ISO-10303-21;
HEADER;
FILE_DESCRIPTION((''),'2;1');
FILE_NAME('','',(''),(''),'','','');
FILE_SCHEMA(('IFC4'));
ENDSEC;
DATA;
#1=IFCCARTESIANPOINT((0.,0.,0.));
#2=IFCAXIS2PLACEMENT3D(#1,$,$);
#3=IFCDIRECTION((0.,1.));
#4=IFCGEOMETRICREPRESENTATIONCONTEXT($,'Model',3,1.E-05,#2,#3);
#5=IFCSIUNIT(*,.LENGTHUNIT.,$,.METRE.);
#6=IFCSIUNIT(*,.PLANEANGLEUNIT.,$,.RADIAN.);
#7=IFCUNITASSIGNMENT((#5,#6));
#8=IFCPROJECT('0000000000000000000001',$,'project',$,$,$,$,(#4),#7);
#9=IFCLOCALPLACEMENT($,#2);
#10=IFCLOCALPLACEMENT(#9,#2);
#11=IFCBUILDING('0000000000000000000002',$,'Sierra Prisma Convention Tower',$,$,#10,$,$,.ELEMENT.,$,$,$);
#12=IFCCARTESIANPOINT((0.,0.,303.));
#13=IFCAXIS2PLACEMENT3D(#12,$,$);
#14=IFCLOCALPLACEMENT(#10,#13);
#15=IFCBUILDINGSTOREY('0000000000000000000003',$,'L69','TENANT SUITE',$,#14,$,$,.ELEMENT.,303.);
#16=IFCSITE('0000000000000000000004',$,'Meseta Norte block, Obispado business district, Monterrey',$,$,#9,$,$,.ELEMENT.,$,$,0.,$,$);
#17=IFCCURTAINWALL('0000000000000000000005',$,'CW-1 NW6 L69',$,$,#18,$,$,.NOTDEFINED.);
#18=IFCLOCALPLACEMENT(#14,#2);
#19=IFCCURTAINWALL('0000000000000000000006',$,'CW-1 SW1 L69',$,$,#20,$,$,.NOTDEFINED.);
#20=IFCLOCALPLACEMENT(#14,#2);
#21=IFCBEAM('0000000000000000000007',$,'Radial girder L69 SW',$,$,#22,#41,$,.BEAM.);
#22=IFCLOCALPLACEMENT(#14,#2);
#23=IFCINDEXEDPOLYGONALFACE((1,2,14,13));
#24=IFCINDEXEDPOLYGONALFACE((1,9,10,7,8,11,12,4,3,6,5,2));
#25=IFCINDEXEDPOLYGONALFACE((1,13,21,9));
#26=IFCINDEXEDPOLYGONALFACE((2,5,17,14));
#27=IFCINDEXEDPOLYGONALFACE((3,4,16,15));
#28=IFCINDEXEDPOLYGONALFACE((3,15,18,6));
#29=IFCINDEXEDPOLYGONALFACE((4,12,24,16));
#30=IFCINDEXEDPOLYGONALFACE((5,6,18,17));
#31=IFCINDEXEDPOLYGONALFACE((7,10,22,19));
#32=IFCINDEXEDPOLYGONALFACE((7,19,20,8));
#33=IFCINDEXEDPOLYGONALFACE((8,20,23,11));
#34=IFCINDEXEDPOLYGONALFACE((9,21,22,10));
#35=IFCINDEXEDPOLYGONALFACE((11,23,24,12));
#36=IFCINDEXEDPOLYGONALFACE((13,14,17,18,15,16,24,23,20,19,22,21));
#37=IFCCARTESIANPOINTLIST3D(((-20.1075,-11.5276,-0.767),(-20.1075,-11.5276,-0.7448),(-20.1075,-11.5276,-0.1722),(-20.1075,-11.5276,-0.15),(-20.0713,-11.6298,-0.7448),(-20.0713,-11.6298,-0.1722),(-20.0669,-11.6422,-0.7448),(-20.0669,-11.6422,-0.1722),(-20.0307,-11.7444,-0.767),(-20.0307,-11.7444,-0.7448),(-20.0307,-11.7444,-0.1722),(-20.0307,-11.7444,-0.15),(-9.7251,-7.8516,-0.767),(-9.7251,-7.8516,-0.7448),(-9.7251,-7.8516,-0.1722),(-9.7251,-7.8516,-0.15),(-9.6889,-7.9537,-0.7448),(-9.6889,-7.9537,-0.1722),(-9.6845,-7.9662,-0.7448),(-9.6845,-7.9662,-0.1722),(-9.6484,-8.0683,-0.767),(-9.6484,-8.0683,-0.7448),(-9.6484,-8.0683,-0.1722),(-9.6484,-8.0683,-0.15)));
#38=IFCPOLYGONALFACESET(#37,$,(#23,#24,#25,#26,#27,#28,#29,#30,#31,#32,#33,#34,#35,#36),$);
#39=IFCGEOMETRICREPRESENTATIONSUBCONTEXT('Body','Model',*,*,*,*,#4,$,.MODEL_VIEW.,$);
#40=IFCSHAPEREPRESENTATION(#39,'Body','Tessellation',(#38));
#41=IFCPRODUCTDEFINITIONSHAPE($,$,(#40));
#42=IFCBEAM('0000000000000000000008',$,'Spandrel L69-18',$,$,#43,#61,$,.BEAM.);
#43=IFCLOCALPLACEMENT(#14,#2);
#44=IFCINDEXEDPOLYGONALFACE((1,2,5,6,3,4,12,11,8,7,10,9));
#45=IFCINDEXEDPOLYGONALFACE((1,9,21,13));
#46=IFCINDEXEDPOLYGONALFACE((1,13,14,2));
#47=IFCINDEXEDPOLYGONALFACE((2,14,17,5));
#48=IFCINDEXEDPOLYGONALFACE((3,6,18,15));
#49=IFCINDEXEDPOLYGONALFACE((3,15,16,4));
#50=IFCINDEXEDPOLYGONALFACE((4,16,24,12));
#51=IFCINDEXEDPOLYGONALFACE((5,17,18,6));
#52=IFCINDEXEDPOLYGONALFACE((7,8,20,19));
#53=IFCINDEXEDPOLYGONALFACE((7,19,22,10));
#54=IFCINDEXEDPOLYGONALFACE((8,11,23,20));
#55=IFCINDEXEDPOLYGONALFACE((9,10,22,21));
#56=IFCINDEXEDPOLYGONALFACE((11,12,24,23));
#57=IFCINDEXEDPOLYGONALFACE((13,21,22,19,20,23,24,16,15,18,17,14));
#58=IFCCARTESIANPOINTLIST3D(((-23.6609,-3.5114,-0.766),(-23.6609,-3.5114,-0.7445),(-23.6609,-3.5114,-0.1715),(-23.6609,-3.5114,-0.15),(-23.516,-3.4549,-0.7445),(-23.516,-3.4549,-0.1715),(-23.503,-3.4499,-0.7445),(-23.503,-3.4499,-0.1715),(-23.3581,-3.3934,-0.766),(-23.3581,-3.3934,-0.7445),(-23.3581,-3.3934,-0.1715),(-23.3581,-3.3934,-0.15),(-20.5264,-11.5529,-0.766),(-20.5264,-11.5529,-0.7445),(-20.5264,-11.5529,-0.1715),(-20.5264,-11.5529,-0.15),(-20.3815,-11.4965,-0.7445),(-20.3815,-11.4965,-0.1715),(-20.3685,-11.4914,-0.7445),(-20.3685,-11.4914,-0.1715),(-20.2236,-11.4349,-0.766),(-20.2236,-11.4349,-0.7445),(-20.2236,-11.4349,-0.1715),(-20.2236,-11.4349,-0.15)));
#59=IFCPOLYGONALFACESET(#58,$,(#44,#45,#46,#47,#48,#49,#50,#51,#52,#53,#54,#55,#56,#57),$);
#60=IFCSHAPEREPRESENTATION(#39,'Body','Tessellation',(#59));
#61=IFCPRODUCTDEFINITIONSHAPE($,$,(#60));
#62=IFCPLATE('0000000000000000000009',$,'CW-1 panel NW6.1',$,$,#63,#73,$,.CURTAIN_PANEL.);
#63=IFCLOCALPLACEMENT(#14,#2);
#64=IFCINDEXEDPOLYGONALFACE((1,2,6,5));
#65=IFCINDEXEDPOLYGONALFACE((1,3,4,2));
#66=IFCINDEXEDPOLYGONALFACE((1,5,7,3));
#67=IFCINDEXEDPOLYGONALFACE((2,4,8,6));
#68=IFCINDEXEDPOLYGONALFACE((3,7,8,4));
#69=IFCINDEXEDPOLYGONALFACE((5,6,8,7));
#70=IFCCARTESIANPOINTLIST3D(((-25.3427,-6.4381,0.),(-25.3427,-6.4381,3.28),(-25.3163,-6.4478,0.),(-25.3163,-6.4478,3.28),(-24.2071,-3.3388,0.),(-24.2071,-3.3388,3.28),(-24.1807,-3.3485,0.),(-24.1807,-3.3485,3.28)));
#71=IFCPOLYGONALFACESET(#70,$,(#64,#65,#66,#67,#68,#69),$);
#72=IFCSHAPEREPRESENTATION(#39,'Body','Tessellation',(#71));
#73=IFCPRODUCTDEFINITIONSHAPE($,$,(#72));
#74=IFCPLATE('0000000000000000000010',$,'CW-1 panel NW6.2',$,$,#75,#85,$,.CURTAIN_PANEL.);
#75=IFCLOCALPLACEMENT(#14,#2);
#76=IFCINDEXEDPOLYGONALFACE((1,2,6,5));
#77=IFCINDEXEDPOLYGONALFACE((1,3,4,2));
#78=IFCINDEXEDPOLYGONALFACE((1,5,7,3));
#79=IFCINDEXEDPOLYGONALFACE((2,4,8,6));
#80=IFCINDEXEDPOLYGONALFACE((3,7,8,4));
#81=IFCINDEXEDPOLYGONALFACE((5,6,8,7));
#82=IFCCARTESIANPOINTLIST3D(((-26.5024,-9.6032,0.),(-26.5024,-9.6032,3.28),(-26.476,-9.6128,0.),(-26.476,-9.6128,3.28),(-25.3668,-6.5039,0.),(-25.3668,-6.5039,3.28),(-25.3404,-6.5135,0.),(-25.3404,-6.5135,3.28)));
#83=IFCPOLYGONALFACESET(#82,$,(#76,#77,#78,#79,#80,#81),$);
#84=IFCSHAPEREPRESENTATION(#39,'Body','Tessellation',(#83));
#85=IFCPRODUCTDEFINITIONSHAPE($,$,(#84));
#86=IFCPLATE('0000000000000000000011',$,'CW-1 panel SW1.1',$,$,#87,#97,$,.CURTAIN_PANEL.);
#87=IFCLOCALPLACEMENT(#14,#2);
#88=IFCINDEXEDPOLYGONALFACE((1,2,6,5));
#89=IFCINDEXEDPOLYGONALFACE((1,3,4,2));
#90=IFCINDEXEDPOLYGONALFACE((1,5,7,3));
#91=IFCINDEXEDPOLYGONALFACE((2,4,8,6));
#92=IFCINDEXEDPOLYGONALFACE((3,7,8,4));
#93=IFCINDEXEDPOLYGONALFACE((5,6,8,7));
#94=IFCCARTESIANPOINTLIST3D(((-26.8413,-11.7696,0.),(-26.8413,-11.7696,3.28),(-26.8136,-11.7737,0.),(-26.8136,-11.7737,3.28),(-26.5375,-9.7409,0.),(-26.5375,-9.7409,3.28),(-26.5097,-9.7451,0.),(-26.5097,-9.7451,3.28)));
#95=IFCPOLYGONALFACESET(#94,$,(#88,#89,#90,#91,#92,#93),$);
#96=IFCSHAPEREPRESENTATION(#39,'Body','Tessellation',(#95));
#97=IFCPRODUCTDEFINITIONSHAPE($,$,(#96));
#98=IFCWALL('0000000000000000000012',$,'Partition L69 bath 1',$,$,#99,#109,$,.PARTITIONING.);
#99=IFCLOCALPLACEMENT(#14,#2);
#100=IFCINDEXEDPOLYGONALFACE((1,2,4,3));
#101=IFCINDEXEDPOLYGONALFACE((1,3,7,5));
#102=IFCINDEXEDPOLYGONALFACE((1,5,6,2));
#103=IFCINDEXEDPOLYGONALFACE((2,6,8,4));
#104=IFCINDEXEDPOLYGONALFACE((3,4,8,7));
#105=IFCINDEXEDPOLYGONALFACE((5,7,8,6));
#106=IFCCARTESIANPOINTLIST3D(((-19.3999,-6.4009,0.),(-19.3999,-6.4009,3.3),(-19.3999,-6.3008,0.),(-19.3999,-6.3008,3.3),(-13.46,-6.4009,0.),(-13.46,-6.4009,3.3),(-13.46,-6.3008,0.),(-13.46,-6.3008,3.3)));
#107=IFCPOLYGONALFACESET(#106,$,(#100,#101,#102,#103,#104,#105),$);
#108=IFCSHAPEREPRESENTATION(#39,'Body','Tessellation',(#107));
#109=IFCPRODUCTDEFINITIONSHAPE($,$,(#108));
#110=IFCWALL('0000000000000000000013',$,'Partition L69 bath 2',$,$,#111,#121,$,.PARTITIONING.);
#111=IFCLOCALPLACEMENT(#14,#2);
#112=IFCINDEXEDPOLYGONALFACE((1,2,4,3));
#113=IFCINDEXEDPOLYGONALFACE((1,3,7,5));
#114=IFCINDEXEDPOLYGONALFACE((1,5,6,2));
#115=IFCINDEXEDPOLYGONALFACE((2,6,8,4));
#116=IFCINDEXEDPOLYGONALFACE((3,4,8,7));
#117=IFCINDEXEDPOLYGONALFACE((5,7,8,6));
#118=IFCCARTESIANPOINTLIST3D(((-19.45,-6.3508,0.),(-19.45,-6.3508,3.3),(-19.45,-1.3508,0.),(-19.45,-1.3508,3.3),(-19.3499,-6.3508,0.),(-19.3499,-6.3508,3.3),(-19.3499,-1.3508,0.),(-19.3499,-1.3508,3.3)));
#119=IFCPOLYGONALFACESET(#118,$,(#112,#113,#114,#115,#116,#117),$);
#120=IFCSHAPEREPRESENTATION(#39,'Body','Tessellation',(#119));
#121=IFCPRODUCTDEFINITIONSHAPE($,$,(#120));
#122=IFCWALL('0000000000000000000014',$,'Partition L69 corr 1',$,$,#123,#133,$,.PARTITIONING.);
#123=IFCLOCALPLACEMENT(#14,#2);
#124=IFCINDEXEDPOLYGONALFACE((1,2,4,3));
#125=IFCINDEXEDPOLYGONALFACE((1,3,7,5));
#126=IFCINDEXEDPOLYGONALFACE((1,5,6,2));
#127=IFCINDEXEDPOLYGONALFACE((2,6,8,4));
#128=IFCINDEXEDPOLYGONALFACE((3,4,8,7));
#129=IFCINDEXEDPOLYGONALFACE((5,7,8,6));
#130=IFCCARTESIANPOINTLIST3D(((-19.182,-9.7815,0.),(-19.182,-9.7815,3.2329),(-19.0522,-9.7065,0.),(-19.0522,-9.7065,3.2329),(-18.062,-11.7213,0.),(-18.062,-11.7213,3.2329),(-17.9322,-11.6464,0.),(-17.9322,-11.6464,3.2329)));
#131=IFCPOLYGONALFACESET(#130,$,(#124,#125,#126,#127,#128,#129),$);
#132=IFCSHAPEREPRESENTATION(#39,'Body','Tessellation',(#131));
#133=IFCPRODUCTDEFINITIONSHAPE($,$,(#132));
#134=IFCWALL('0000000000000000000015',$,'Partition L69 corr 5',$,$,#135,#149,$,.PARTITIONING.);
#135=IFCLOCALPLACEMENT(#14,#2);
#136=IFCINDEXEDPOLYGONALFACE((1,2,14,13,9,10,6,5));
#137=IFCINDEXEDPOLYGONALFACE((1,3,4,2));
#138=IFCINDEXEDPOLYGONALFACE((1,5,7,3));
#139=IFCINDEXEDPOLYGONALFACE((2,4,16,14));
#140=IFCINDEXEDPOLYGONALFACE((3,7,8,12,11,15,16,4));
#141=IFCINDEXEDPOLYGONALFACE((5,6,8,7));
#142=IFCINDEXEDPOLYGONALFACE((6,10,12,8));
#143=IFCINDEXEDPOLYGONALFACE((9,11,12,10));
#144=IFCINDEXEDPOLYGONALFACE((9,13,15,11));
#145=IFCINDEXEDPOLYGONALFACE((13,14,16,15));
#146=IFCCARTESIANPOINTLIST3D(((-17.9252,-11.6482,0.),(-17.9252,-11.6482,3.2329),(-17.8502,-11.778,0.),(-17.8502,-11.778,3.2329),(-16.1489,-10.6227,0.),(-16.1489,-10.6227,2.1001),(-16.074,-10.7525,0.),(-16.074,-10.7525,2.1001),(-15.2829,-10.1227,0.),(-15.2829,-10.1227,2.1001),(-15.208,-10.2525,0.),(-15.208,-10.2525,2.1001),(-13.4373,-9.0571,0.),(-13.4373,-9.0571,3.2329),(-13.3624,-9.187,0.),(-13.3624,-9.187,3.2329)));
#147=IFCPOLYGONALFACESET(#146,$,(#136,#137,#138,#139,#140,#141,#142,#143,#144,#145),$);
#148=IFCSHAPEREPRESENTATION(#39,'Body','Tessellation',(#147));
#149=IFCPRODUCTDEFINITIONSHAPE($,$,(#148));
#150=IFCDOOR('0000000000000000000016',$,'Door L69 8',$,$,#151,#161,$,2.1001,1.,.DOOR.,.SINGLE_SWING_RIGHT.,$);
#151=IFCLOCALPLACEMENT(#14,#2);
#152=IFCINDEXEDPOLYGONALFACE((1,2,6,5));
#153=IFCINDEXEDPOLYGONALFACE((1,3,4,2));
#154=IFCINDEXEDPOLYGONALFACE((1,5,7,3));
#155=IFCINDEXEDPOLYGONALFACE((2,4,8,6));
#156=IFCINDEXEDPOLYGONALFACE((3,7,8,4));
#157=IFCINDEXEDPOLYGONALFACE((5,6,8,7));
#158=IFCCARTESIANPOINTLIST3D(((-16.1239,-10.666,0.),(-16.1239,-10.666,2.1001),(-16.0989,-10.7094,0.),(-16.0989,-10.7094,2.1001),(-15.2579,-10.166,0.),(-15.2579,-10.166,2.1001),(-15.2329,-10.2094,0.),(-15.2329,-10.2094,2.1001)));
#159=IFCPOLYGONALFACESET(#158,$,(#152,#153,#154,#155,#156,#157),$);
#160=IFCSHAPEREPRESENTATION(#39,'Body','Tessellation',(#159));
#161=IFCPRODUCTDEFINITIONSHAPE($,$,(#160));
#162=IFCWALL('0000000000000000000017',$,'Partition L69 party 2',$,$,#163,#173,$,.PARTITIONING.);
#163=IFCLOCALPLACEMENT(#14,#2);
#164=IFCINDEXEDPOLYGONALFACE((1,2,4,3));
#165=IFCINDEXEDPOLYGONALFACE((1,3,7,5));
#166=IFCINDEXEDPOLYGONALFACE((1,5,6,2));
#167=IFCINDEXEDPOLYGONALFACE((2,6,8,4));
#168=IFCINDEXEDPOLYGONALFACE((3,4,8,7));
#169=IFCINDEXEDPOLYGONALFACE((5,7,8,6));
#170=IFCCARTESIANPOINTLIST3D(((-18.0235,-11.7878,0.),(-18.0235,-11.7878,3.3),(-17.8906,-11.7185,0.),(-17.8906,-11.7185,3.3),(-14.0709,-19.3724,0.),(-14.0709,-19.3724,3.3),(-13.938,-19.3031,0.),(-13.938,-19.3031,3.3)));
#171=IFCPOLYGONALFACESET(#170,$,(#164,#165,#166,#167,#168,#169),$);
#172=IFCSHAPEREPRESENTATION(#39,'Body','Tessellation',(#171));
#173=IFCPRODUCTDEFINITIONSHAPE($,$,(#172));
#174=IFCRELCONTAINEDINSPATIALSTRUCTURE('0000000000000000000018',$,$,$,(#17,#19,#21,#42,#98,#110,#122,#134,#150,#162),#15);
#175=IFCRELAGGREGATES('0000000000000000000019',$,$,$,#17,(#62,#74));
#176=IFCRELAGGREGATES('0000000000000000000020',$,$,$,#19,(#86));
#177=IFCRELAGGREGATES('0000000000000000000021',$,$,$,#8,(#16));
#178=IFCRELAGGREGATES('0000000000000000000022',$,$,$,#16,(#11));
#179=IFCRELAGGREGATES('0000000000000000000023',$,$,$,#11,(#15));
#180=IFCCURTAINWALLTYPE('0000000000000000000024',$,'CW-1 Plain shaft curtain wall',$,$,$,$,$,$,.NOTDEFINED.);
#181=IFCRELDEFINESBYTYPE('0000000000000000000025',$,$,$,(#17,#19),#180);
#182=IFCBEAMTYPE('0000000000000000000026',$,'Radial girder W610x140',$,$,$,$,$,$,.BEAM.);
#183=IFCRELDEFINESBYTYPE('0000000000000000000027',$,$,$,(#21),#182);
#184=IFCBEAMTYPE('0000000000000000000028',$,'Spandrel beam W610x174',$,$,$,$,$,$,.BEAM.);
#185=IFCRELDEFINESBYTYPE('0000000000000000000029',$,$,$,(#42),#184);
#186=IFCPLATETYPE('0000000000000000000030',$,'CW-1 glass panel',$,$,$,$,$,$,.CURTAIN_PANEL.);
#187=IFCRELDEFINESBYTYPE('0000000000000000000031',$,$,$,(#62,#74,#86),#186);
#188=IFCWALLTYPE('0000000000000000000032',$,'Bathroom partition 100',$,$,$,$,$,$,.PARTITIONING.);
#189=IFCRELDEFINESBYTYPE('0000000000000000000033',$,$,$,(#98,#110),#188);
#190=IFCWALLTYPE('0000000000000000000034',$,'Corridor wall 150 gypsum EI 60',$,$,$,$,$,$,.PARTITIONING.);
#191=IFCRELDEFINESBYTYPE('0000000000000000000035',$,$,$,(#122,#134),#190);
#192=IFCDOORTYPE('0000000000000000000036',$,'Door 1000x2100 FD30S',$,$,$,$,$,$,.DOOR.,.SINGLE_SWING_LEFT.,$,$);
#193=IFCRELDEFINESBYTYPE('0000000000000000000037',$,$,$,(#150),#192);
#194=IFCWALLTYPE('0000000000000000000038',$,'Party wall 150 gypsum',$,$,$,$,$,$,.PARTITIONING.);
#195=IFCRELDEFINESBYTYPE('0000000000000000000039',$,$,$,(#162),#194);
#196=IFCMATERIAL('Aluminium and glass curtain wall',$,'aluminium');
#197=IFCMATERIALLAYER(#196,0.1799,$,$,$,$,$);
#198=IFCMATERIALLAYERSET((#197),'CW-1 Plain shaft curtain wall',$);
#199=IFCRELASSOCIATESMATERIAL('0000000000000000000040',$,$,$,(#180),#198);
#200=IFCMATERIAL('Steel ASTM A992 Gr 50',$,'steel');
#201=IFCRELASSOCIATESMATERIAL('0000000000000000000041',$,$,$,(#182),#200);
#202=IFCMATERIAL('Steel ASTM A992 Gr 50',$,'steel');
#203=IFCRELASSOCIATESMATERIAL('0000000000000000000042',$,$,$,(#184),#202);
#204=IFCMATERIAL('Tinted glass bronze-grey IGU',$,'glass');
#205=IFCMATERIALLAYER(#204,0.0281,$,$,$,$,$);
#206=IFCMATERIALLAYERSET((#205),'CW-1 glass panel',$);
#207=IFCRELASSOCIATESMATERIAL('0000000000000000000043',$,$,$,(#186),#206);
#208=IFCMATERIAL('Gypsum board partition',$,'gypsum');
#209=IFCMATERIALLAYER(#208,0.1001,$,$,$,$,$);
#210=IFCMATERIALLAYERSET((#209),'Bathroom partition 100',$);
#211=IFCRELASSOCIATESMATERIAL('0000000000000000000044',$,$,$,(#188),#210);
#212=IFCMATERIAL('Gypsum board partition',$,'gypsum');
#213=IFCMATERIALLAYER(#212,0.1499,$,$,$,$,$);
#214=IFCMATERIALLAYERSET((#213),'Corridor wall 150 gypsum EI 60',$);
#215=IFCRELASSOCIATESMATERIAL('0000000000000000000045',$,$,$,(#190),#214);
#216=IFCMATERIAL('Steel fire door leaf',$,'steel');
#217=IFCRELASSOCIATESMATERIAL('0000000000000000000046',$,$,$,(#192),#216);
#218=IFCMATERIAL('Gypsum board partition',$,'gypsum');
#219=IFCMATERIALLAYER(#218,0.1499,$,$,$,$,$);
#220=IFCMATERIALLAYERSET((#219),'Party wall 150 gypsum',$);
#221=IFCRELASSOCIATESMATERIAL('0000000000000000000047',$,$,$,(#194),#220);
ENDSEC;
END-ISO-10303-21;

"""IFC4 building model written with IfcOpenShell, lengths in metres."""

from ifc_helpers import new_model, si_unit, direction, frame, frame_2d, origin, origin_2d, place, context, subcontext, project, spatial, rectangle, i_section, extrude, material, layer, layer_set, material_profile, profile_set, type_object, element, fill, aggregate, save


model = new_model("IFC4")

# Units and contexts
model_context = context("Model", 3, precision=1e-05, world=origin(), true_north=direction((0.0, 1.0)))
body_context = subcontext(model_context, "Body", "Model", "MODEL_VIEW")
ifc_project = project(units=[si_unit("LENGTHUNIT", "METRE"), si_unit("PLANEANGLEUNIT", "RADIAN")], contexts=[model_context])

# Site, building, storey
site_placement = place(None, origin())
site = spatial("IfcSite", under=ifc_project, at=site_placement, Name="Meseta Norte block, Obispado business district, Monterrey", CompositionType="ELEMENT", RefElevation=0.0)
building_placement = place(site_placement, origin())
building = spatial("IfcBuilding", under=site, at=building_placement, Name="Sierra Prisma Convention Tower", CompositionType="ELEMENT")
storey_placement = place(building_placement, frame((0.0, 0.0, 303.0)))
storey = spatial("IfcBuildingStorey", under=building, at=storey_placement, Name="L69", Description="TENANT SUITE", CompositionType="ELEMENT", Elevation=303.0)

# Curtain walls
ifc_material_1 = material(Name="Aluminium and glass curtain wall", Category="aluminium")
ifc_layer_1 = layer(ifc_material_1, 0.1799)
ifc_layer_set_1 = layer_set([ifc_layer_1], Name="CW-1 Plain shaft curtain wall")
curtain_wall_type = type_object("IfcCurtainWallType", Name="CW-1 Plain shaft curtain wall", PredefinedType="NOTDEFINED", material=ifc_layer_set_1)
curtain_wall_1_placement = place(storey_placement, origin())
curtain_wall_1 = element("IfcCurtainWall", 1, at=curtain_wall_1_placement, inside=storey, type_object=curtain_wall_type, Name="CW-1 NW6 L69", PredefinedType="NOTDEFINED")
curtain_wall_2_placement = place(storey_placement, origin())
curtain_wall_2 = element("IfcCurtainWall", 2, at=curtain_wall_2_placement, inside=storey, type_object=curtain_wall_type, Name="CW-1 SW1 L69", PredefinedType="NOTDEFINED")

# Beams
ifc_material_2 = material(Name="Steel ASTM A992 Gr 50", Category="steel")
ifc_material_profile_1 = material_profile(ifc_material_2, i_section(OverallWidth=0.23, OverallDepth=0.6169, WebThickness=0.0132, FlangeThickness=0.0222, at=origin_2d()), Name="W610x140")
ifc_profile_set_1 = profile_set([ifc_material_profile_1], Name="Steel ASTM A992 Gr 50")
beam_type_1 = type_object("IfcBeamType", Name="Radial girder W610x140", PredefinedType="BEAM", material=ifc_profile_set_1)
beam_1_placement = place(storey_placement, frame((-20.0691, -11.636, -0.4585), z_axis=(0.942657, 0.333763, 0.0), x_axis=(-0.333763, 0.942657, 0.0)))
element("IfcBeam", 3, at=beam_1_placement, inside=storey, type_object=beam_type_1, Name="Radial girder L69 SW", PredefinedType="BEAM", context=body_context, shape_type="SweptSolid", body=[
    extrude(i_section(OverallWidth=0.23, OverallDepth=0.6169, WebThickness=0.0132, FlangeThickness=0.0222, at=origin_2d()), origin(), (0.0, 0.0, 1.0), 11.0139),
])
ifc_material_3 = material(Name="Steel ASTM A992 Gr 50", Category="steel")
ifc_material_profile_2 = material_profile(ifc_material_3, i_section(OverallWidth=0.325, OverallDepth=0.616, WebThickness=0.0139, FlangeThickness=0.0215, at=origin_2d()), Name="W610x174")
ifc_profile_set_2 = profile_set([ifc_material_profile_2], Name="Steel ASTM A992 Gr 50")
beam_type_2 = type_object("IfcBeamType", Name="Spandrel beam W610x174", PredefinedType="BEAM", material=ifc_profile_set_2)
beam_2_placement = place(storey_placement, frame((-23.5095, -3.4524, -0.458), z_axis=(0.363178, -0.93172, 0.0), x_axis=(0.93172, 0.363178, 0.0)))
element("IfcBeam", 4, at=beam_2_placement, inside=storey, type_object=beam_type_2, Name="Spandrel L69-18", PredefinedType="BEAM", context=body_context, shape_type="SweptSolid", body=[
    extrude(i_section(OverallWidth=0.325, OverallDepth=0.616, WebThickness=0.0139, FlangeThickness=0.0215, at=origin_2d()), origin(), (0.0, 0.0, 1.0), 8.6309),
])

# Plates
ifc_material_4 = material(Name="Tinted glass bronze-grey IGU", Category="glass")
ifc_layer_2 = layer(ifc_material_4, 0.0281)
ifc_layer_set_2 = layer_set([ifc_layer_2], Name="CW-1 glass panel")
plate_type = type_object("IfcPlateType", Name="CW-1 glass panel", PredefinedType="CURTAIN_PANEL", material=ifc_layer_set_2)
plate_1_placement = place(storey_placement, frame((-24.7617, -4.8933, 0.0), z_axis=(0.0, 0.0, 1.0), x_axis=(-0.344038, -0.938956, 0.0)))
plate_1 = element("IfcPlate", 5, at=plate_1_placement, type_object=plate_type, Name="CW-1 panel NW6.1", PredefinedType="CURTAIN_PANEL", context=body_context, shape_type="SweptSolid", body=[
    extrude(rectangle(XDim=3.3008, YDim=0.0281, at=origin_2d()), origin(), (0.0, 0.0, 1.0), 3.28),
])
plate_2_placement = place(storey_placement, frame((-25.9214, -8.0583, 0.0), z_axis=(0.0, 0.0, 1.0), x_axis=(-0.344038, -0.938956, 0.0)))
plate_2 = element("IfcPlate", 6, at=plate_2_placement, type_object=plate_type, Name="CW-1 panel NW6.2", PredefinedType="CURTAIN_PANEL", context=body_context, shape_type="SweptSolid", body=[
    extrude(rectangle(XDim=3.3008, YDim=0.0281, at=origin_2d()), origin(), (0.0, 0.0, 1.0), 3.28),
])
aggregate(curtain_wall_1, [plate_1, plate_2])
plate_3_placement = place(storey_placement, frame((-26.6755, -10.7573, 0.0), z_axis=(0.0, 0.0, 1.0), x_axis=(-0.148123, -0.988969, 0.0)))
plate_3 = element("IfcPlate", 7, at=plate_3_placement, type_object=plate_type, Name="CW-1 panel SW1.1", PredefinedType="CURTAIN_PANEL", context=body_context, shape_type="SweptSolid", body=[
    extrude(rectangle(XDim=2.0513, YDim=0.0281, at=origin_2d()), origin(), (0.0, 0.0, 1.0), 3.28),
])
aggregate(curtain_wall_2, [plate_3])

# Walls
ifc_material_5 = material(Name="Gypsum board partition", Category="gypsum")
ifc_layer_3 = layer(ifc_material_5, 0.1001)
ifc_layer_set_3 = layer_set([ifc_layer_3], Name="Bathroom partition 100")
wall_type_1 = type_object("IfcWallType", Name="Bathroom partition 100", PredefinedType="PARTITIONING", material=ifc_layer_set_3)
wall_1_placement = place(storey_placement, frame((-13.46, -6.3508, 0.0), z_axis=(0.0, 0.0, 1.0), x_axis=(-1.0, 0.0, 0.0)))
element("IfcWall", 8, at=wall_1_placement, inside=storey, type_object=wall_type_1, Name="Partition L69 bath 1", PredefinedType="PARTITIONING", context=body_context, shape_type="SweptSolid", body=[
    extrude(rectangle(XDim=5.9399, YDim=0.1001, at=frame_2d((2.97, 0.0))), origin(), (0.0, 0.0, 1.0), 3.3),
])
wall_2_placement = place(storey_placement, frame((-19.3999, -6.3508, 0.0), z_axis=(0.0, 0.0, 1.0), x_axis=(0.0, 1.0, 0.0)))
element("IfcWall", 9, at=wall_2_placement, inside=storey, type_object=wall_type_1, Name="Partition L69 bath 2", PredefinedType="PARTITIONING", context=body_context, shape_type="SweptSolid", body=[
    extrude(rectangle(XDim=5.0, YDim=0.1001, at=frame_2d((2.5, 0.0))), origin(), (0.0, 0.0, 1.0), 3.3),
])
ifc_material_6 = material(Name="Gypsum board partition", Category="gypsum")
ifc_layer_4 = layer(ifc_material_6, 0.1499)
ifc_layer_set_4 = layer_set([ifc_layer_4], Name="Corridor wall 150 gypsum EI 60")
wall_type_2 = type_object("IfcWallType", Name="Corridor wall 150 gypsum EI 60", PredefinedType="PARTITIONING", material=ifc_layer_set_4)
wall_3_placement = place(storey_placement, frame((-19.1172, -9.7439, 0.0), z_axis=(0.0, 0.0, 1.0), x_axis=(0.500031, -0.866008, 0.0)))
element("IfcWall", 10, at=wall_3_placement, inside=storey, type_object=wall_type_2, Name="Partition L69 corr 1", PredefinedType="PARTITIONING", context=body_context, shape_type="SweptSolid", body=[
    extrude(rectangle(XDim=2.24, YDim=0.1499, at=frame_2d((1.1201, 0.0))), origin(), (0.0, 0.0, 1.0), 3.2329),
])

# Wall, opening, door
wall_4_placement = place(storey_placement, frame((-17.8877, -11.7131, 0.0), z_axis=(0.0, 0.0, 1.0), x_axis=(0.866022, 0.500005, 0.0)))
wall_4 = element("IfcWall", 11, at=wall_4_placement, inside=storey, type_object=wall_type_2, Name="Partition L69 corr 5", PredefinedType="PARTITIONING", context=body_context, shape_type="SweptSolid", body=[
    extrude(rectangle(XDim=5.1821, YDim=0.1499, at=frame_2d((2.5911, 0.0))), origin(), (0.0, 0.0, 1.0), 3.2329),
])
opening_placement = place(wall_4_placement, frame((2.051, 0.0, 0.0)))
opening = element("IfcOpeningElement", 12, at=opening_placement, cuts=wall_4, PredefinedType="OPENING", context=body_context, shape_type="SweptSolid", body=[
    extrude(rectangle(XDim=1.0, YDim=2.1001, at=frame_2d((0.5, 1.05))), frame((0.0, 0.075, 0.0), z_axis=(0.0, -1.0, 0.0), x_axis=(1.0, 0.0, 0.0)), (0.0, 0.0, 1.0), 0.1499),
])
ifc_material_7 = material(Name="Steel fire door leaf", Category="steel")
door_type = type_object("IfcDoorType", Name="Door 1000x2100 FD30S", OperationType="SINGLE_SWING_LEFT", PredefinedType="DOOR", material=ifc_material_7)
door_placement = place(opening_placement, origin())
door = element("IfcDoor", 13, at=door_placement, inside=storey, type_object=door_type, Name="Door L69 8", OperationType="SINGLE_SWING_RIGHT", OverallHeight=2.1001, OverallWidth=1.0, PredefinedType="DOOR", context=body_context, shape_type="SweptSolid", body=[
    extrude(rectangle(XDim=1.0, YDim=2.1001, at=frame_2d((0.5, 1.05))), frame((0.0, 0.0249, 0.0), z_axis=(0.0, -1.0, 0.0), x_axis=(1.0, 0.0, 0.0)), (0.0, 0.0, 1.0), 0.05),
])
fill(opening, door)

# Wall
ifc_material_8 = material(Name="Gypsum board partition", Category="gypsum")
ifc_layer_5 = layer(ifc_material_8, 0.1499)
ifc_layer_set_5 = layer_set([ifc_layer_5], Name="Party wall 150 gypsum")
wall_type_3 = type_object("IfcWallType", Name="Party wall 150 gypsum", PredefinedType="PARTITIONING", material=ifc_layer_set_5)
wall_5_placement = place(storey_placement, frame((-17.957, -11.7532, 0.0), z_axis=(0.0, 0.0, 1.0), x_axis=(0.462143, -0.886806, 0.0)))
element("IfcWall", 14, at=wall_5_placement, inside=storey, type_object=wall_type_3, Name="Partition L69 party 2", PredefinedType="PARTITIONING", context=body_context, shape_type="SweptSolid", body=[
    extrude(rectangle(XDim=8.5527, YDim=0.1499, at=frame_2d((4.2764, 0.0))), origin(), (0.0, 0.0, 1.0), 3.3),
])

save(model, "model.ifc")
